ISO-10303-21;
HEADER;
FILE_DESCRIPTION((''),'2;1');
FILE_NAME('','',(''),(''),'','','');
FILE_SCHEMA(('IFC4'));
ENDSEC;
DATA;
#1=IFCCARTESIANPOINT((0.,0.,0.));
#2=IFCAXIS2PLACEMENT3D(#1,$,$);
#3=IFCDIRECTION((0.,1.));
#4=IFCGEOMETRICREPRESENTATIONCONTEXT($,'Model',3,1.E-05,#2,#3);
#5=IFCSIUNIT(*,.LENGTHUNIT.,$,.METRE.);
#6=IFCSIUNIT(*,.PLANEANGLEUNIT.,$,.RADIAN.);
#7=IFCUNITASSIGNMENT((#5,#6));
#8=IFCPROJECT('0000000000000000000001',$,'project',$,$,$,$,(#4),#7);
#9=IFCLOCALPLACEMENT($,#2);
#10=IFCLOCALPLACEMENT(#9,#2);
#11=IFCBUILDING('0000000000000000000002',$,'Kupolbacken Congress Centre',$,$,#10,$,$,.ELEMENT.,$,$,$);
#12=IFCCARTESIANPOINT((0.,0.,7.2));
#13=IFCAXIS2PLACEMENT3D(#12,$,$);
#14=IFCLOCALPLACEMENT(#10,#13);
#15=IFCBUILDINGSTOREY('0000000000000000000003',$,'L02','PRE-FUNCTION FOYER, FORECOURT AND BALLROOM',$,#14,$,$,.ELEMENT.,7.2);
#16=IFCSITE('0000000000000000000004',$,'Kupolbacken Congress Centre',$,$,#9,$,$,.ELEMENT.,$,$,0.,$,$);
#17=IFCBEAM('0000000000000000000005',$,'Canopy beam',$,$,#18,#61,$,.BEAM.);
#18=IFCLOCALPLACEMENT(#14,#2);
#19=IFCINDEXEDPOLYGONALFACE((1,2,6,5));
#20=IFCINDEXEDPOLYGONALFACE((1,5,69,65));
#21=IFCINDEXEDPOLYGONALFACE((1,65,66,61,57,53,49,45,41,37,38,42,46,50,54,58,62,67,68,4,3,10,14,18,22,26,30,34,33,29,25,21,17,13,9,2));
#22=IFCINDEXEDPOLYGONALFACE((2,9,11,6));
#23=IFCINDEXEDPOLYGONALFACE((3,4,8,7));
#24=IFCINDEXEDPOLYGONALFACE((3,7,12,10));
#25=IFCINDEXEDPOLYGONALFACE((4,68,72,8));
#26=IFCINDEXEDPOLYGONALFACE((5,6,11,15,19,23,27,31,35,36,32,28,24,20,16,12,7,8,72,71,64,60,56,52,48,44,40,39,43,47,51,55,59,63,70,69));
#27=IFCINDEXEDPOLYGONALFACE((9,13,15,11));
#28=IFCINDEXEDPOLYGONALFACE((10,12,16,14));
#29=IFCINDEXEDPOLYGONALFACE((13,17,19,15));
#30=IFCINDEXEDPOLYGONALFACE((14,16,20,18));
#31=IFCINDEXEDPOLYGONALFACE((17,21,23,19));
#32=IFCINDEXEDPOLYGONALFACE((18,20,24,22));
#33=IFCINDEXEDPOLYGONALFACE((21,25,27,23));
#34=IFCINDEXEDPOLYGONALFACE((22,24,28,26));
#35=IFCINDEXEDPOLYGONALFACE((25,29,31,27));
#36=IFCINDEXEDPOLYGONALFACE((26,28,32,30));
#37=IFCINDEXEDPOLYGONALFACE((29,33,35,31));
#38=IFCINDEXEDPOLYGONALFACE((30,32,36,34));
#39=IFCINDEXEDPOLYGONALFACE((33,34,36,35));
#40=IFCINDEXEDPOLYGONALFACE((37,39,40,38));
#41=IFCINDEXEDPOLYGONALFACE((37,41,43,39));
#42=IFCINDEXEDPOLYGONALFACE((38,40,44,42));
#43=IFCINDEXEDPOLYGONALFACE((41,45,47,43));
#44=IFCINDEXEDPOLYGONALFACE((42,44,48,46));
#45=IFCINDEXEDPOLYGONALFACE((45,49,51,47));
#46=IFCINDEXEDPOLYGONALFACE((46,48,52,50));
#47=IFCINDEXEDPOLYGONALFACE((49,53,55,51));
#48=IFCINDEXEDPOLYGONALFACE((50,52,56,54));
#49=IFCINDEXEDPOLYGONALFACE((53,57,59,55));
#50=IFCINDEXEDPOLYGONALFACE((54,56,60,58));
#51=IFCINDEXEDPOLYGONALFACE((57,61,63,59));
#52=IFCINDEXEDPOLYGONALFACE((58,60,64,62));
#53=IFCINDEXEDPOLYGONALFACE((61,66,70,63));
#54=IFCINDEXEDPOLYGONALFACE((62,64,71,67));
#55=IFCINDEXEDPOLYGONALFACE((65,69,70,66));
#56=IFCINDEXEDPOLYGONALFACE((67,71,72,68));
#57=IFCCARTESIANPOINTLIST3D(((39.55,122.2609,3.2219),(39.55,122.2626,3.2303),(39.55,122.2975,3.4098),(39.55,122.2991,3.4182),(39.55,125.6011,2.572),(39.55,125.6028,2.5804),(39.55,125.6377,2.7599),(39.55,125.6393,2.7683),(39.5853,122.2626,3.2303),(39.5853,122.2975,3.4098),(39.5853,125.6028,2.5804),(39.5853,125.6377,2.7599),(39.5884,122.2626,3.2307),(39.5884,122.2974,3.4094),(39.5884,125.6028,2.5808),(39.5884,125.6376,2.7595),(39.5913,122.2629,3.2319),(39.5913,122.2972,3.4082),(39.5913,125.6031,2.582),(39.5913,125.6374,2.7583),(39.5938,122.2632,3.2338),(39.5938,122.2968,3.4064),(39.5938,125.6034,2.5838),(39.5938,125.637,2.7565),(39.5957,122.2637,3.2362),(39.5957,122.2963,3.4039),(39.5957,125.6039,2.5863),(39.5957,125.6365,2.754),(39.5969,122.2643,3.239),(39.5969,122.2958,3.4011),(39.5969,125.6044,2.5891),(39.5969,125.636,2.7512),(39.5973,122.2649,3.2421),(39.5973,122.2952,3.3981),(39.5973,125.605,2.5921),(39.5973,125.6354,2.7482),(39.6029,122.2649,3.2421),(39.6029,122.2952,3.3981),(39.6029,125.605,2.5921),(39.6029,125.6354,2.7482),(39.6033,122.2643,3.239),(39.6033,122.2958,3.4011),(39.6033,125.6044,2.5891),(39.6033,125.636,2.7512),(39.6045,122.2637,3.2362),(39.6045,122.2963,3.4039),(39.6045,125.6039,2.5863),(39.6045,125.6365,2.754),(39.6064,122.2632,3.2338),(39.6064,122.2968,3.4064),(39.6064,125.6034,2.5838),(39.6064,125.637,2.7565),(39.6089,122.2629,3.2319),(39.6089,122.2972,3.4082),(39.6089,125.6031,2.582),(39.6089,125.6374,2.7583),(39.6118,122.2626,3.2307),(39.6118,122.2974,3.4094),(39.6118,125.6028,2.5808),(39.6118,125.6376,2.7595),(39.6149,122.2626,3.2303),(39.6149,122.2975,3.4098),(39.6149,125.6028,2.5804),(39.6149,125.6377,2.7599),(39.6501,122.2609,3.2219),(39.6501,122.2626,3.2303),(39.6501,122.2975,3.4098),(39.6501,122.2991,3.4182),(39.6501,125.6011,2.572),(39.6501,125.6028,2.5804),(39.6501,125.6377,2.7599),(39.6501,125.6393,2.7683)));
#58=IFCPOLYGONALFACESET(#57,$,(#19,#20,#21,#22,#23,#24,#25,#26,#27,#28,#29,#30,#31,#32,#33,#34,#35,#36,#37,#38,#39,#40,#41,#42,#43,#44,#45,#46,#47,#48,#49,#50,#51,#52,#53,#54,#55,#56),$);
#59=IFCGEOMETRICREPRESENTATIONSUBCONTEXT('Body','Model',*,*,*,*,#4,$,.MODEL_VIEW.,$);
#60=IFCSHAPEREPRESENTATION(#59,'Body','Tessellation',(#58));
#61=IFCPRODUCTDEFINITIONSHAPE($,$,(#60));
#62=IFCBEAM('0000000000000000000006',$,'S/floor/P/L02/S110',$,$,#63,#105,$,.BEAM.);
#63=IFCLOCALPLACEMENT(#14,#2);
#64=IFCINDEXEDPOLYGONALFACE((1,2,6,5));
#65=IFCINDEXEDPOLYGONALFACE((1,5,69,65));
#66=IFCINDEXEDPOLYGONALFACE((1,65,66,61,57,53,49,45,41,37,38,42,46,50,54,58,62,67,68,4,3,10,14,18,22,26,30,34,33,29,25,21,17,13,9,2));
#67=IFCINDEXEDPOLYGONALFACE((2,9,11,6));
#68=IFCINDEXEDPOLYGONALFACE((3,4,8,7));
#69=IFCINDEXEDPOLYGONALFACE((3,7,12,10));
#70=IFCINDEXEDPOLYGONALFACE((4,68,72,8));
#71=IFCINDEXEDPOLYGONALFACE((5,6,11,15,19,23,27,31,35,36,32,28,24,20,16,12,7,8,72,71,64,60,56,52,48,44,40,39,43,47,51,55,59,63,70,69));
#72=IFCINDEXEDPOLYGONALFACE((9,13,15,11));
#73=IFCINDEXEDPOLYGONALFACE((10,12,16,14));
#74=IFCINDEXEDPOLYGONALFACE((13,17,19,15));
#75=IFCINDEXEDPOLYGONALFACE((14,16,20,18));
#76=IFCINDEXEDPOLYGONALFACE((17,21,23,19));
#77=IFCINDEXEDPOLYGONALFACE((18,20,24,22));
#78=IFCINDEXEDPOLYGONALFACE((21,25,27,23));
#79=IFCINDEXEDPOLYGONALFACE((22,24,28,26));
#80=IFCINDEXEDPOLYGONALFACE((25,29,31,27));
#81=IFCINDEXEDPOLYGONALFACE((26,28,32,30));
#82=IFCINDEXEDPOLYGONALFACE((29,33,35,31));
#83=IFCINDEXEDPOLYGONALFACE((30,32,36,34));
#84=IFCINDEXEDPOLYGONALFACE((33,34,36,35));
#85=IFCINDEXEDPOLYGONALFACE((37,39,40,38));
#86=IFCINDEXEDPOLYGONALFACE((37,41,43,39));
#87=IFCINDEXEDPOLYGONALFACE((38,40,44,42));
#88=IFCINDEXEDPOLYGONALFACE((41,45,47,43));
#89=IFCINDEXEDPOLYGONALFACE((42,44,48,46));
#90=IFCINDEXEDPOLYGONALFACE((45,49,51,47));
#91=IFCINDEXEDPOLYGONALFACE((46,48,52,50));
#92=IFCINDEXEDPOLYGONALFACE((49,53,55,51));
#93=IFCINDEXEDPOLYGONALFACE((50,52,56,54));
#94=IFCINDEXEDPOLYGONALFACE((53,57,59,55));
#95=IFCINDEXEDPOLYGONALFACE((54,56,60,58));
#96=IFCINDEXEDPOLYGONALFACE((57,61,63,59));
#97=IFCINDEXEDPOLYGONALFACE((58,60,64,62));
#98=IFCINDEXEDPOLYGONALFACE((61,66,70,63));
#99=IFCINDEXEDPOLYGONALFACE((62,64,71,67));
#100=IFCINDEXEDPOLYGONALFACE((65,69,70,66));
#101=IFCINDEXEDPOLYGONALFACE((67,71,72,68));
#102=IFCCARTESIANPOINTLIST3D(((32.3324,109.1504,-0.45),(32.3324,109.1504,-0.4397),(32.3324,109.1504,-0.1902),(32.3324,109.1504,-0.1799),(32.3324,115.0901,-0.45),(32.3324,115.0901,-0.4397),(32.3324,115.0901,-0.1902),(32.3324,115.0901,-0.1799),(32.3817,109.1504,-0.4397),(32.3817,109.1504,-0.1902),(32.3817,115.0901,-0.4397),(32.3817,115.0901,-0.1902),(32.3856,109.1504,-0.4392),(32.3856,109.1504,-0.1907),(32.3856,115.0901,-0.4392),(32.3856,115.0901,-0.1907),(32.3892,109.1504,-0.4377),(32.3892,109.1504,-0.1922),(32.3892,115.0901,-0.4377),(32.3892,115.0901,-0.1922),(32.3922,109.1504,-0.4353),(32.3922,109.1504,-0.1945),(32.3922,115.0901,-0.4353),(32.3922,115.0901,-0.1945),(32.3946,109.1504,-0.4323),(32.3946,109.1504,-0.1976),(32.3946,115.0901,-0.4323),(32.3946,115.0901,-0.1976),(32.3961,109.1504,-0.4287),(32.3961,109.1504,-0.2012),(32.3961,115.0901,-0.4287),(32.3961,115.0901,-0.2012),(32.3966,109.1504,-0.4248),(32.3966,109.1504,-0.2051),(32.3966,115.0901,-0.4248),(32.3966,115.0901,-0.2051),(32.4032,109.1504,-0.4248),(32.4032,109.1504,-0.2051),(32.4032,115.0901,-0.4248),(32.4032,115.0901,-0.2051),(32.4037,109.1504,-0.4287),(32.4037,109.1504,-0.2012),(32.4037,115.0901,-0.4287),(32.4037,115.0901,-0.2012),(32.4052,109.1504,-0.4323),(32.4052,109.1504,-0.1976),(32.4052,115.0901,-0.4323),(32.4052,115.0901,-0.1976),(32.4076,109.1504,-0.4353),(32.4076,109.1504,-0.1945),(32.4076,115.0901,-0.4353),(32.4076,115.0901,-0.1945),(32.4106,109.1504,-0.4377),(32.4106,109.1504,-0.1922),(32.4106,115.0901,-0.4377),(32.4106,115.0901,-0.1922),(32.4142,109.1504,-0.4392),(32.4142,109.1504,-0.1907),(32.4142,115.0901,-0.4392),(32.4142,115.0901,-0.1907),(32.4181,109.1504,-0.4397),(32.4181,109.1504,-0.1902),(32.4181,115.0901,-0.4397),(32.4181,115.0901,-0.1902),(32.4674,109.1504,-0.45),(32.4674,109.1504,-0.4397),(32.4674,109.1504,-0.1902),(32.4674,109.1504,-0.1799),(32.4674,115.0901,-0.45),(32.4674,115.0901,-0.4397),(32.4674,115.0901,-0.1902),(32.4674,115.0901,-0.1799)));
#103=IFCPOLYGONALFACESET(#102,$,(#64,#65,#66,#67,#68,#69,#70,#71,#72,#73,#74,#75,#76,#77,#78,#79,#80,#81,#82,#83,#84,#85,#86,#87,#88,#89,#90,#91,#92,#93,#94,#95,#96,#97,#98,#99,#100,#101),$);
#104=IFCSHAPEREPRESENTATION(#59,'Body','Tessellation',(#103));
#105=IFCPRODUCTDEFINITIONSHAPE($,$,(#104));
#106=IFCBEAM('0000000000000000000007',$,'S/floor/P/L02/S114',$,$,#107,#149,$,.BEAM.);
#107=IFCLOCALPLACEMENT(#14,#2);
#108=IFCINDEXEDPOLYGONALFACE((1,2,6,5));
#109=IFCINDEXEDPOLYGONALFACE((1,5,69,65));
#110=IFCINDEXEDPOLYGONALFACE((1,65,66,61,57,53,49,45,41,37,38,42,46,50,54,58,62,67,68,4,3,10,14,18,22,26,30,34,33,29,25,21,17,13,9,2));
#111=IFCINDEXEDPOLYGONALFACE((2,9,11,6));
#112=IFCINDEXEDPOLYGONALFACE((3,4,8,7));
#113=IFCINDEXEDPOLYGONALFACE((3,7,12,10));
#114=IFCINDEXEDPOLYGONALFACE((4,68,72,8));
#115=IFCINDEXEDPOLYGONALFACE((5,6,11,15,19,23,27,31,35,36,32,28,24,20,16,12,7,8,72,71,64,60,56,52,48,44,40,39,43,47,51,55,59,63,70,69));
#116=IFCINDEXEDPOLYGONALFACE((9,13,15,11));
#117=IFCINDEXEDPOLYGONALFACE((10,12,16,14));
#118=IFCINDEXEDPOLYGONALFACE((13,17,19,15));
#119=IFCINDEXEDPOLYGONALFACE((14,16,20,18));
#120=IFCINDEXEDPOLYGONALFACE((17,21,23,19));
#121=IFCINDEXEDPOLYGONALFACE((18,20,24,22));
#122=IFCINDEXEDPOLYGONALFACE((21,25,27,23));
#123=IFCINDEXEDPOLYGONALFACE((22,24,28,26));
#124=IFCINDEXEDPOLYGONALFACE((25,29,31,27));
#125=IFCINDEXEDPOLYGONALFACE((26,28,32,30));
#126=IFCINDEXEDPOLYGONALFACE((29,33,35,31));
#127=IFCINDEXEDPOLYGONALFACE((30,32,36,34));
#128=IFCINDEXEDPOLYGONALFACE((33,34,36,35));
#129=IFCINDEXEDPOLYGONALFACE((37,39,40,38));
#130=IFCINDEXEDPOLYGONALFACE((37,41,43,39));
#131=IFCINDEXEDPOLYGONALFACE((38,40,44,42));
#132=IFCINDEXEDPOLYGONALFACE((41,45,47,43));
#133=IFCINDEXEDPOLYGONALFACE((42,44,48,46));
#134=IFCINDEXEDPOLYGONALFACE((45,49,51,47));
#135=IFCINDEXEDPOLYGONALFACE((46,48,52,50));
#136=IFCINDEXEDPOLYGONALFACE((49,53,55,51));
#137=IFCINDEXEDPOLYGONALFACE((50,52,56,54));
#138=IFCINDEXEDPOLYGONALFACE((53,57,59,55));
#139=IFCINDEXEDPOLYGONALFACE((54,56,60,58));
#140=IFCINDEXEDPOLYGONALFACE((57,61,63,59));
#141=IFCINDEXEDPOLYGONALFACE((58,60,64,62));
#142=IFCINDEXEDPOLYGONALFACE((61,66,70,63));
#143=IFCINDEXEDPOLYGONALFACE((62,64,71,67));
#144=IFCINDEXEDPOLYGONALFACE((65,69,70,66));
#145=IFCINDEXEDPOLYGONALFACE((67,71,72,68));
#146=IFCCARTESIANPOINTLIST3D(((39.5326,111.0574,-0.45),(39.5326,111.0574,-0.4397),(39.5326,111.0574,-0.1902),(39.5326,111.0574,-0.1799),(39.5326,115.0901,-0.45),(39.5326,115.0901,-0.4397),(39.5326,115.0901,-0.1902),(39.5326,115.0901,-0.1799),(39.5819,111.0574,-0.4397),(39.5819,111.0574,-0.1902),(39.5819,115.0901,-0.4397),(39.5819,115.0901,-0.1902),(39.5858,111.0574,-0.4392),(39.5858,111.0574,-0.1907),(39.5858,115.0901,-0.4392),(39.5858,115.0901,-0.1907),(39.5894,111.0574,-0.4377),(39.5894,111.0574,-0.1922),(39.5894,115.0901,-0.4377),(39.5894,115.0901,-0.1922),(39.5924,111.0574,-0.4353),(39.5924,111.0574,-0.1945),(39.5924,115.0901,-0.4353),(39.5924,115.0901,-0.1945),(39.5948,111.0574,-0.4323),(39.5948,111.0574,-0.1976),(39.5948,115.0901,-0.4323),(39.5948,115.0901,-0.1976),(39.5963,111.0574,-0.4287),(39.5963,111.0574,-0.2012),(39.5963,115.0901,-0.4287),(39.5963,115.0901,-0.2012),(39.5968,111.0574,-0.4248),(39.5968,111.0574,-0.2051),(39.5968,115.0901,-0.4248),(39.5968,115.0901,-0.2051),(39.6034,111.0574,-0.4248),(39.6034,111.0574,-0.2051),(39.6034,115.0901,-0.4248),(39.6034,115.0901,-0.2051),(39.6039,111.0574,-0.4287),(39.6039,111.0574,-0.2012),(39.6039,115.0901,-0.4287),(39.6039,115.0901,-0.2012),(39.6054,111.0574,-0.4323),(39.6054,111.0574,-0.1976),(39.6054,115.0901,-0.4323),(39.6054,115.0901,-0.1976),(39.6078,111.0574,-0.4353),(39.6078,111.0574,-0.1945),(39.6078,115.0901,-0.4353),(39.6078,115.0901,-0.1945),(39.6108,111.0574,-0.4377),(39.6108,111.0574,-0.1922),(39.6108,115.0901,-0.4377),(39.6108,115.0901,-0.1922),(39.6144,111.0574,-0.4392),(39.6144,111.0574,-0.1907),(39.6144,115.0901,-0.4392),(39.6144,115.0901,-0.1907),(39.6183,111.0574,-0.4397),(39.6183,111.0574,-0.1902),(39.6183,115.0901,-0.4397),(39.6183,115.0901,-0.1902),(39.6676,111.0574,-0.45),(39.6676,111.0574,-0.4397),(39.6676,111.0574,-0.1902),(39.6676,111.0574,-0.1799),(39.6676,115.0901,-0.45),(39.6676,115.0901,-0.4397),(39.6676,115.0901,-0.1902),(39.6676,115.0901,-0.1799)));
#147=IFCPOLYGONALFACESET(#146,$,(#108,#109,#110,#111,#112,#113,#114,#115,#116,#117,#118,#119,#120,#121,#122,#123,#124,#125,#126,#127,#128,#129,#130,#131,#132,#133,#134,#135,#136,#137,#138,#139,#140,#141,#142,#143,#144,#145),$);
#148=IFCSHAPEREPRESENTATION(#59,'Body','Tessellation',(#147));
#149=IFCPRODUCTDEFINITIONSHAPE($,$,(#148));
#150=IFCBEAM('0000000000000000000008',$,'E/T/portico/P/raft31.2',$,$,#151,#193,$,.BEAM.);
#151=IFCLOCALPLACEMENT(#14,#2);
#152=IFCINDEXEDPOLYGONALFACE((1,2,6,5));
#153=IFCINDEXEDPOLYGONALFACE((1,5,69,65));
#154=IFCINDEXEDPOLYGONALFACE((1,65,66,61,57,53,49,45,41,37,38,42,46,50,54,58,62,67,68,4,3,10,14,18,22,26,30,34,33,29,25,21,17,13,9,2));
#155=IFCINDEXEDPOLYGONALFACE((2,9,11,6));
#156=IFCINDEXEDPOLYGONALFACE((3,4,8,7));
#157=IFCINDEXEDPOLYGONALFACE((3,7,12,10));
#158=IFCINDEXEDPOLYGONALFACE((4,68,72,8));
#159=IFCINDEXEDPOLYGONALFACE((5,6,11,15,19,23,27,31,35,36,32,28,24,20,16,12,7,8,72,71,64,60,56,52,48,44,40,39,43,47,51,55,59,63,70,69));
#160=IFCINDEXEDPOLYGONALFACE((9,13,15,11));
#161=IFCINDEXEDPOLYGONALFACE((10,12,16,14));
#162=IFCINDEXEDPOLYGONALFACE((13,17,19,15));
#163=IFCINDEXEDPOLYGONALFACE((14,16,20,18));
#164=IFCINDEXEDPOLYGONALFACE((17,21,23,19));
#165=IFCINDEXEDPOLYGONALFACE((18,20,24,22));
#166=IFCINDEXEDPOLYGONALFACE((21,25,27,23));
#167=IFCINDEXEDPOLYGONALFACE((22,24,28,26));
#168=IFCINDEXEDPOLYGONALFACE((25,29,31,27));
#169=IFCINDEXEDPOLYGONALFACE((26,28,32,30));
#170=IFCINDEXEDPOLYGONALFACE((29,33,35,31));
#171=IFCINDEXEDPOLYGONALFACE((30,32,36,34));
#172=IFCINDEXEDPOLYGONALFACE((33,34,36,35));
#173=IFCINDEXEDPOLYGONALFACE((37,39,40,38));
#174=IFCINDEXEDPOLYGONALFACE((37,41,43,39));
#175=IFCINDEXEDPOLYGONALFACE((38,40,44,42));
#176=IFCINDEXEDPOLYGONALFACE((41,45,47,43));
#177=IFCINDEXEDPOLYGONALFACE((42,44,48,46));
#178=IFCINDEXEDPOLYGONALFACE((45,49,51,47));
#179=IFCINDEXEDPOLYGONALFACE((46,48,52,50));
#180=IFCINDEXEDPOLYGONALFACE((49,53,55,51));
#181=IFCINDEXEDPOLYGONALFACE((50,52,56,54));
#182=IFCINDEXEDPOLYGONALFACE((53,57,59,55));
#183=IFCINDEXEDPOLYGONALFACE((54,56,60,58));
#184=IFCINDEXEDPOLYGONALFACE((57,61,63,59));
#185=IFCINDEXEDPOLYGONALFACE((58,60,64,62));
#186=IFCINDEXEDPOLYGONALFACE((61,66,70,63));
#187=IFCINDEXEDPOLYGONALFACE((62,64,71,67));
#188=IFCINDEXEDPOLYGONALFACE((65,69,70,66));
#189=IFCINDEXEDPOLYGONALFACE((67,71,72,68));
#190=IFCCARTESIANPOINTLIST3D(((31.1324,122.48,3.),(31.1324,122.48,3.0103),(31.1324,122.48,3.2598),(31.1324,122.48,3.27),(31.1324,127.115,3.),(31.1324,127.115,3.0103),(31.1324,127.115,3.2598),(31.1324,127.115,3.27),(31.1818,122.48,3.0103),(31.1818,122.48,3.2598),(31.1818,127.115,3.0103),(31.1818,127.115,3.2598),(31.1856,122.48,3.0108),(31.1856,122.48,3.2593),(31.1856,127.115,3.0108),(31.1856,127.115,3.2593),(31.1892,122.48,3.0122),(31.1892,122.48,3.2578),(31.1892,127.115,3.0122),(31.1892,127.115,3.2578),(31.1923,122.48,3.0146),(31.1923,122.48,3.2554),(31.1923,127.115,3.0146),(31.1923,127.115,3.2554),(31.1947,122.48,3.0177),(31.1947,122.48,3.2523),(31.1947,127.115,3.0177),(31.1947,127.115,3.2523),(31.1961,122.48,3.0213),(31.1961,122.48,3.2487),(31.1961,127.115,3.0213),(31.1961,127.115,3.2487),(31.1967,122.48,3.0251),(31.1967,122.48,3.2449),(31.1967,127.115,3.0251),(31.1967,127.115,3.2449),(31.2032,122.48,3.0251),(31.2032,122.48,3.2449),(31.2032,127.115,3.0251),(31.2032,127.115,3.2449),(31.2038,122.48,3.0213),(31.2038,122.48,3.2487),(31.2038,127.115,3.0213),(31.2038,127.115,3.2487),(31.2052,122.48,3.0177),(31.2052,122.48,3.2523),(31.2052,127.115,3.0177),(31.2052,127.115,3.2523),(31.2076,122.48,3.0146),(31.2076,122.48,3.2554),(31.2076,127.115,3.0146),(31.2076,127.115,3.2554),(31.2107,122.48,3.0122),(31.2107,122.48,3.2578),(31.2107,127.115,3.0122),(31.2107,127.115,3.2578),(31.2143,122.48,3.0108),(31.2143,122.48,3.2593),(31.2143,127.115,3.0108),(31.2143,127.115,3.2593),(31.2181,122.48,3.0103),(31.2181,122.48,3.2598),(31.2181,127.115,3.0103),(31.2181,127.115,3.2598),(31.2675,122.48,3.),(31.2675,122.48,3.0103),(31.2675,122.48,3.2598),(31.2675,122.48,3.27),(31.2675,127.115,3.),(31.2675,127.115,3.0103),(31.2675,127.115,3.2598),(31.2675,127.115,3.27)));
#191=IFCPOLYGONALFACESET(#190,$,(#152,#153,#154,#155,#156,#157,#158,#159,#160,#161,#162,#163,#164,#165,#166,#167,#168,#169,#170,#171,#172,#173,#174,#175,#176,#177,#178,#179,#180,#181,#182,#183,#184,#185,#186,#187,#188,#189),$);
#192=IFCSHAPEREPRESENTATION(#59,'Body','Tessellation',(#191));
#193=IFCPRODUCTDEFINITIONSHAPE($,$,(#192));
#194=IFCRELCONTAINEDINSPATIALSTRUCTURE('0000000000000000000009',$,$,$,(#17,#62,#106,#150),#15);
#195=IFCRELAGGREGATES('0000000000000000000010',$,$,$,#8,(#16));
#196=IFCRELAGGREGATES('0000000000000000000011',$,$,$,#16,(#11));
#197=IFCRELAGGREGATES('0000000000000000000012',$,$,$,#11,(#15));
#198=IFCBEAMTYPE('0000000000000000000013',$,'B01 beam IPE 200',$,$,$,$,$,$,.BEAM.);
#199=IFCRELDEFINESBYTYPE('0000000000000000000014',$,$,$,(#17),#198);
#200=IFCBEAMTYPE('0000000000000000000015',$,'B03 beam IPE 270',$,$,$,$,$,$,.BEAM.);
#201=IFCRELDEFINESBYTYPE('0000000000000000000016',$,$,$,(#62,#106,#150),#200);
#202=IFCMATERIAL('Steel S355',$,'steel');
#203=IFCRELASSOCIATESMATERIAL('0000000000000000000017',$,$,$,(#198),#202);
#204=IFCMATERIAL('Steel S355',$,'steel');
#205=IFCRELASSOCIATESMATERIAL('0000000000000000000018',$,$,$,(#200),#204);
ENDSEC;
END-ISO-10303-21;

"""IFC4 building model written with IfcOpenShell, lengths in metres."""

from ifc_helpers import new_model, si_unit, direction, frame, origin, origin_2d, place, context, subcontext, project, spatial, i_section, extrude, material, material_profile, profile_set, type_object, element, save


model = new_model("IFC4")

# Units and contexts
model_context = context("Model", 3, precision=1e-05, world=origin(), true_north=direction((0.0, 1.0)))
body_context = subcontext(model_context, "Body", "Model", "MODEL_VIEW")
ifc_project = project(units=[si_unit("LENGTHUNIT", "METRE"), si_unit("PLANEANGLEUNIT", "RADIAN")], contexts=[model_context])

# Site, building, storey
site_placement = place(None, origin())
site = spatial("IfcSite", under=ifc_project, at=site_placement, Name="Kupolbacken Congress Centre", CompositionType="ELEMENT", RefElevation=0.0)
building_placement = place(site_placement, origin())
building = spatial("IfcBuilding", under=site, at=building_placement, Name="Kupolbacken Congress Centre", CompositionType="ELEMENT")
storey_placement = place(building_placement, frame((0.0, 0.0, 7.2)))
storey = spatial("IfcBuildingStorey", under=building, at=storey_placement, Name="L02", Description="PRE-FUNCTION FOYER, FORECOURT AND BALLROOM", CompositionType="ELEMENT", Elevation=7.2)

# Beams
ifc_material_1 = material(Name="Steel S355", Category="steel")
ifc_material_profile_1 = material_profile(ifc_material_1, i_section(OverallWidth=0.1001, OverallDepth=0.2, WebThickness=0.0056, FlangeThickness=0.0085, FilletRadius=0.012, at=origin_2d()), Name="IPE 200")
ifc_profile_set_1 = profile_set([ifc_material_profile_1], Name="Steel S355")
beam_type_1 = type_object("IfcBeamType", Name="B01 beam IPE 200", PredefinedType="BEAM", material=ifc_profile_set_1)
for number, where, z_axis, x_axis, name in (
    (1, (39.6001, 122.28, 3.3201), (0.0, 0.981591, -0.190994), (-1.0, 0.0, 0.0), "Canopy beam"),
):
    element("IfcBeam", number, at=place(storey_placement, frame(where, z_axis=z_axis, x_axis=x_axis)), inside=storey, type_object=beam_type_1, Name=name, PredefinedType="BEAM", context=body_context, shape_type="SweptSolid", body=[
        extrude(i_section(OverallWidth=0.1001, OverallDepth=0.2, WebThickness=0.0056, FlangeThickness=0.0085, FilletRadius=0.012, at=origin_2d()), origin(), (0.0, 0.0, 1.0), 3.4028),
    ])
ifc_material_2 = material(Name="Steel S355", Category="steel")
ifc_material_profile_2 = material_profile(ifc_material_2, i_section(OverallWidth=0.135, OverallDepth=0.27, WebThickness=0.0066, FlangeThickness=0.0103, FilletRadius=0.0149, at=origin_2d()), Name="IPE 270")
ifc_profile_set_2 = profile_set([ifc_material_profile_2], Name="Steel S355")
beam_type_2 = type_object("IfcBeamType", Name="B03 beam IPE 270", PredefinedType="BEAM", material=ifc_profile_set_2)
beam_1_placement = place(storey_placement, frame((32.3999, 109.1504, -0.3149), z_axis=(0.0, 1.0, 0.0), x_axis=(-1.0, 0.0, 0.0)))
element("IfcBeam", 2, at=beam_1_placement, inside=storey, type_object=beam_type_2, Name="S/floor/P/L02/S110", PredefinedType="BEAM", context=body_context, shape_type="SweptSolid", body=[
    extrude(i_section(OverallWidth=0.135, OverallDepth=0.27, WebThickness=0.0066, FlangeThickness=0.0103, FilletRadius=0.0149, at=origin_2d()), origin(), (0.0, 0.0, 1.0), 5.9397),
])
beam_2_placement = place(storey_placement, frame((39.6001, 111.0574, -0.3149), z_axis=(0.0, 1.0, 0.0), x_axis=(-1.0, 0.0, 0.0)))
element("IfcBeam", 3, at=beam_2_placement, inside=storey, type_object=beam_type_2, Name="S/floor/P/L02/S114", PredefinedType="BEAM", context=body_context, shape_type="SweptSolid", body=[
    extrude(i_section(OverallWidth=0.135, OverallDepth=0.27, WebThickness=0.0066, FlangeThickness=0.0103, FilletRadius=0.0149, at=origin_2d()), origin(), (0.0, 0.0, 1.0), 4.0327),
])
for number, where, z_axis, x_axis, name in (
    (4, (31.2, 122.48, 3.135), (0.0, 1.0, 0.0), (-1.0, 0.0, 0.0), "E/T/portico/P/raft31.2"),
):
    element("IfcBeam", number, at=place(storey_placement, frame(where, z_axis=z_axis, x_axis=x_axis)), inside=storey, type_object=beam_type_2, Name=name, PredefinedType="BEAM", context=body_context, shape_type="SweptSolid", body=[
        extrude(i_section(OverallWidth=0.135, OverallDepth=0.27, WebThickness=0.0066, FlangeThickness=0.0103, FilletRadius=0.0149, at=origin_2d()), origin(), (0.0, 0.0, 1.0), 4.635),
    ])

save(model, "model.ifc")
